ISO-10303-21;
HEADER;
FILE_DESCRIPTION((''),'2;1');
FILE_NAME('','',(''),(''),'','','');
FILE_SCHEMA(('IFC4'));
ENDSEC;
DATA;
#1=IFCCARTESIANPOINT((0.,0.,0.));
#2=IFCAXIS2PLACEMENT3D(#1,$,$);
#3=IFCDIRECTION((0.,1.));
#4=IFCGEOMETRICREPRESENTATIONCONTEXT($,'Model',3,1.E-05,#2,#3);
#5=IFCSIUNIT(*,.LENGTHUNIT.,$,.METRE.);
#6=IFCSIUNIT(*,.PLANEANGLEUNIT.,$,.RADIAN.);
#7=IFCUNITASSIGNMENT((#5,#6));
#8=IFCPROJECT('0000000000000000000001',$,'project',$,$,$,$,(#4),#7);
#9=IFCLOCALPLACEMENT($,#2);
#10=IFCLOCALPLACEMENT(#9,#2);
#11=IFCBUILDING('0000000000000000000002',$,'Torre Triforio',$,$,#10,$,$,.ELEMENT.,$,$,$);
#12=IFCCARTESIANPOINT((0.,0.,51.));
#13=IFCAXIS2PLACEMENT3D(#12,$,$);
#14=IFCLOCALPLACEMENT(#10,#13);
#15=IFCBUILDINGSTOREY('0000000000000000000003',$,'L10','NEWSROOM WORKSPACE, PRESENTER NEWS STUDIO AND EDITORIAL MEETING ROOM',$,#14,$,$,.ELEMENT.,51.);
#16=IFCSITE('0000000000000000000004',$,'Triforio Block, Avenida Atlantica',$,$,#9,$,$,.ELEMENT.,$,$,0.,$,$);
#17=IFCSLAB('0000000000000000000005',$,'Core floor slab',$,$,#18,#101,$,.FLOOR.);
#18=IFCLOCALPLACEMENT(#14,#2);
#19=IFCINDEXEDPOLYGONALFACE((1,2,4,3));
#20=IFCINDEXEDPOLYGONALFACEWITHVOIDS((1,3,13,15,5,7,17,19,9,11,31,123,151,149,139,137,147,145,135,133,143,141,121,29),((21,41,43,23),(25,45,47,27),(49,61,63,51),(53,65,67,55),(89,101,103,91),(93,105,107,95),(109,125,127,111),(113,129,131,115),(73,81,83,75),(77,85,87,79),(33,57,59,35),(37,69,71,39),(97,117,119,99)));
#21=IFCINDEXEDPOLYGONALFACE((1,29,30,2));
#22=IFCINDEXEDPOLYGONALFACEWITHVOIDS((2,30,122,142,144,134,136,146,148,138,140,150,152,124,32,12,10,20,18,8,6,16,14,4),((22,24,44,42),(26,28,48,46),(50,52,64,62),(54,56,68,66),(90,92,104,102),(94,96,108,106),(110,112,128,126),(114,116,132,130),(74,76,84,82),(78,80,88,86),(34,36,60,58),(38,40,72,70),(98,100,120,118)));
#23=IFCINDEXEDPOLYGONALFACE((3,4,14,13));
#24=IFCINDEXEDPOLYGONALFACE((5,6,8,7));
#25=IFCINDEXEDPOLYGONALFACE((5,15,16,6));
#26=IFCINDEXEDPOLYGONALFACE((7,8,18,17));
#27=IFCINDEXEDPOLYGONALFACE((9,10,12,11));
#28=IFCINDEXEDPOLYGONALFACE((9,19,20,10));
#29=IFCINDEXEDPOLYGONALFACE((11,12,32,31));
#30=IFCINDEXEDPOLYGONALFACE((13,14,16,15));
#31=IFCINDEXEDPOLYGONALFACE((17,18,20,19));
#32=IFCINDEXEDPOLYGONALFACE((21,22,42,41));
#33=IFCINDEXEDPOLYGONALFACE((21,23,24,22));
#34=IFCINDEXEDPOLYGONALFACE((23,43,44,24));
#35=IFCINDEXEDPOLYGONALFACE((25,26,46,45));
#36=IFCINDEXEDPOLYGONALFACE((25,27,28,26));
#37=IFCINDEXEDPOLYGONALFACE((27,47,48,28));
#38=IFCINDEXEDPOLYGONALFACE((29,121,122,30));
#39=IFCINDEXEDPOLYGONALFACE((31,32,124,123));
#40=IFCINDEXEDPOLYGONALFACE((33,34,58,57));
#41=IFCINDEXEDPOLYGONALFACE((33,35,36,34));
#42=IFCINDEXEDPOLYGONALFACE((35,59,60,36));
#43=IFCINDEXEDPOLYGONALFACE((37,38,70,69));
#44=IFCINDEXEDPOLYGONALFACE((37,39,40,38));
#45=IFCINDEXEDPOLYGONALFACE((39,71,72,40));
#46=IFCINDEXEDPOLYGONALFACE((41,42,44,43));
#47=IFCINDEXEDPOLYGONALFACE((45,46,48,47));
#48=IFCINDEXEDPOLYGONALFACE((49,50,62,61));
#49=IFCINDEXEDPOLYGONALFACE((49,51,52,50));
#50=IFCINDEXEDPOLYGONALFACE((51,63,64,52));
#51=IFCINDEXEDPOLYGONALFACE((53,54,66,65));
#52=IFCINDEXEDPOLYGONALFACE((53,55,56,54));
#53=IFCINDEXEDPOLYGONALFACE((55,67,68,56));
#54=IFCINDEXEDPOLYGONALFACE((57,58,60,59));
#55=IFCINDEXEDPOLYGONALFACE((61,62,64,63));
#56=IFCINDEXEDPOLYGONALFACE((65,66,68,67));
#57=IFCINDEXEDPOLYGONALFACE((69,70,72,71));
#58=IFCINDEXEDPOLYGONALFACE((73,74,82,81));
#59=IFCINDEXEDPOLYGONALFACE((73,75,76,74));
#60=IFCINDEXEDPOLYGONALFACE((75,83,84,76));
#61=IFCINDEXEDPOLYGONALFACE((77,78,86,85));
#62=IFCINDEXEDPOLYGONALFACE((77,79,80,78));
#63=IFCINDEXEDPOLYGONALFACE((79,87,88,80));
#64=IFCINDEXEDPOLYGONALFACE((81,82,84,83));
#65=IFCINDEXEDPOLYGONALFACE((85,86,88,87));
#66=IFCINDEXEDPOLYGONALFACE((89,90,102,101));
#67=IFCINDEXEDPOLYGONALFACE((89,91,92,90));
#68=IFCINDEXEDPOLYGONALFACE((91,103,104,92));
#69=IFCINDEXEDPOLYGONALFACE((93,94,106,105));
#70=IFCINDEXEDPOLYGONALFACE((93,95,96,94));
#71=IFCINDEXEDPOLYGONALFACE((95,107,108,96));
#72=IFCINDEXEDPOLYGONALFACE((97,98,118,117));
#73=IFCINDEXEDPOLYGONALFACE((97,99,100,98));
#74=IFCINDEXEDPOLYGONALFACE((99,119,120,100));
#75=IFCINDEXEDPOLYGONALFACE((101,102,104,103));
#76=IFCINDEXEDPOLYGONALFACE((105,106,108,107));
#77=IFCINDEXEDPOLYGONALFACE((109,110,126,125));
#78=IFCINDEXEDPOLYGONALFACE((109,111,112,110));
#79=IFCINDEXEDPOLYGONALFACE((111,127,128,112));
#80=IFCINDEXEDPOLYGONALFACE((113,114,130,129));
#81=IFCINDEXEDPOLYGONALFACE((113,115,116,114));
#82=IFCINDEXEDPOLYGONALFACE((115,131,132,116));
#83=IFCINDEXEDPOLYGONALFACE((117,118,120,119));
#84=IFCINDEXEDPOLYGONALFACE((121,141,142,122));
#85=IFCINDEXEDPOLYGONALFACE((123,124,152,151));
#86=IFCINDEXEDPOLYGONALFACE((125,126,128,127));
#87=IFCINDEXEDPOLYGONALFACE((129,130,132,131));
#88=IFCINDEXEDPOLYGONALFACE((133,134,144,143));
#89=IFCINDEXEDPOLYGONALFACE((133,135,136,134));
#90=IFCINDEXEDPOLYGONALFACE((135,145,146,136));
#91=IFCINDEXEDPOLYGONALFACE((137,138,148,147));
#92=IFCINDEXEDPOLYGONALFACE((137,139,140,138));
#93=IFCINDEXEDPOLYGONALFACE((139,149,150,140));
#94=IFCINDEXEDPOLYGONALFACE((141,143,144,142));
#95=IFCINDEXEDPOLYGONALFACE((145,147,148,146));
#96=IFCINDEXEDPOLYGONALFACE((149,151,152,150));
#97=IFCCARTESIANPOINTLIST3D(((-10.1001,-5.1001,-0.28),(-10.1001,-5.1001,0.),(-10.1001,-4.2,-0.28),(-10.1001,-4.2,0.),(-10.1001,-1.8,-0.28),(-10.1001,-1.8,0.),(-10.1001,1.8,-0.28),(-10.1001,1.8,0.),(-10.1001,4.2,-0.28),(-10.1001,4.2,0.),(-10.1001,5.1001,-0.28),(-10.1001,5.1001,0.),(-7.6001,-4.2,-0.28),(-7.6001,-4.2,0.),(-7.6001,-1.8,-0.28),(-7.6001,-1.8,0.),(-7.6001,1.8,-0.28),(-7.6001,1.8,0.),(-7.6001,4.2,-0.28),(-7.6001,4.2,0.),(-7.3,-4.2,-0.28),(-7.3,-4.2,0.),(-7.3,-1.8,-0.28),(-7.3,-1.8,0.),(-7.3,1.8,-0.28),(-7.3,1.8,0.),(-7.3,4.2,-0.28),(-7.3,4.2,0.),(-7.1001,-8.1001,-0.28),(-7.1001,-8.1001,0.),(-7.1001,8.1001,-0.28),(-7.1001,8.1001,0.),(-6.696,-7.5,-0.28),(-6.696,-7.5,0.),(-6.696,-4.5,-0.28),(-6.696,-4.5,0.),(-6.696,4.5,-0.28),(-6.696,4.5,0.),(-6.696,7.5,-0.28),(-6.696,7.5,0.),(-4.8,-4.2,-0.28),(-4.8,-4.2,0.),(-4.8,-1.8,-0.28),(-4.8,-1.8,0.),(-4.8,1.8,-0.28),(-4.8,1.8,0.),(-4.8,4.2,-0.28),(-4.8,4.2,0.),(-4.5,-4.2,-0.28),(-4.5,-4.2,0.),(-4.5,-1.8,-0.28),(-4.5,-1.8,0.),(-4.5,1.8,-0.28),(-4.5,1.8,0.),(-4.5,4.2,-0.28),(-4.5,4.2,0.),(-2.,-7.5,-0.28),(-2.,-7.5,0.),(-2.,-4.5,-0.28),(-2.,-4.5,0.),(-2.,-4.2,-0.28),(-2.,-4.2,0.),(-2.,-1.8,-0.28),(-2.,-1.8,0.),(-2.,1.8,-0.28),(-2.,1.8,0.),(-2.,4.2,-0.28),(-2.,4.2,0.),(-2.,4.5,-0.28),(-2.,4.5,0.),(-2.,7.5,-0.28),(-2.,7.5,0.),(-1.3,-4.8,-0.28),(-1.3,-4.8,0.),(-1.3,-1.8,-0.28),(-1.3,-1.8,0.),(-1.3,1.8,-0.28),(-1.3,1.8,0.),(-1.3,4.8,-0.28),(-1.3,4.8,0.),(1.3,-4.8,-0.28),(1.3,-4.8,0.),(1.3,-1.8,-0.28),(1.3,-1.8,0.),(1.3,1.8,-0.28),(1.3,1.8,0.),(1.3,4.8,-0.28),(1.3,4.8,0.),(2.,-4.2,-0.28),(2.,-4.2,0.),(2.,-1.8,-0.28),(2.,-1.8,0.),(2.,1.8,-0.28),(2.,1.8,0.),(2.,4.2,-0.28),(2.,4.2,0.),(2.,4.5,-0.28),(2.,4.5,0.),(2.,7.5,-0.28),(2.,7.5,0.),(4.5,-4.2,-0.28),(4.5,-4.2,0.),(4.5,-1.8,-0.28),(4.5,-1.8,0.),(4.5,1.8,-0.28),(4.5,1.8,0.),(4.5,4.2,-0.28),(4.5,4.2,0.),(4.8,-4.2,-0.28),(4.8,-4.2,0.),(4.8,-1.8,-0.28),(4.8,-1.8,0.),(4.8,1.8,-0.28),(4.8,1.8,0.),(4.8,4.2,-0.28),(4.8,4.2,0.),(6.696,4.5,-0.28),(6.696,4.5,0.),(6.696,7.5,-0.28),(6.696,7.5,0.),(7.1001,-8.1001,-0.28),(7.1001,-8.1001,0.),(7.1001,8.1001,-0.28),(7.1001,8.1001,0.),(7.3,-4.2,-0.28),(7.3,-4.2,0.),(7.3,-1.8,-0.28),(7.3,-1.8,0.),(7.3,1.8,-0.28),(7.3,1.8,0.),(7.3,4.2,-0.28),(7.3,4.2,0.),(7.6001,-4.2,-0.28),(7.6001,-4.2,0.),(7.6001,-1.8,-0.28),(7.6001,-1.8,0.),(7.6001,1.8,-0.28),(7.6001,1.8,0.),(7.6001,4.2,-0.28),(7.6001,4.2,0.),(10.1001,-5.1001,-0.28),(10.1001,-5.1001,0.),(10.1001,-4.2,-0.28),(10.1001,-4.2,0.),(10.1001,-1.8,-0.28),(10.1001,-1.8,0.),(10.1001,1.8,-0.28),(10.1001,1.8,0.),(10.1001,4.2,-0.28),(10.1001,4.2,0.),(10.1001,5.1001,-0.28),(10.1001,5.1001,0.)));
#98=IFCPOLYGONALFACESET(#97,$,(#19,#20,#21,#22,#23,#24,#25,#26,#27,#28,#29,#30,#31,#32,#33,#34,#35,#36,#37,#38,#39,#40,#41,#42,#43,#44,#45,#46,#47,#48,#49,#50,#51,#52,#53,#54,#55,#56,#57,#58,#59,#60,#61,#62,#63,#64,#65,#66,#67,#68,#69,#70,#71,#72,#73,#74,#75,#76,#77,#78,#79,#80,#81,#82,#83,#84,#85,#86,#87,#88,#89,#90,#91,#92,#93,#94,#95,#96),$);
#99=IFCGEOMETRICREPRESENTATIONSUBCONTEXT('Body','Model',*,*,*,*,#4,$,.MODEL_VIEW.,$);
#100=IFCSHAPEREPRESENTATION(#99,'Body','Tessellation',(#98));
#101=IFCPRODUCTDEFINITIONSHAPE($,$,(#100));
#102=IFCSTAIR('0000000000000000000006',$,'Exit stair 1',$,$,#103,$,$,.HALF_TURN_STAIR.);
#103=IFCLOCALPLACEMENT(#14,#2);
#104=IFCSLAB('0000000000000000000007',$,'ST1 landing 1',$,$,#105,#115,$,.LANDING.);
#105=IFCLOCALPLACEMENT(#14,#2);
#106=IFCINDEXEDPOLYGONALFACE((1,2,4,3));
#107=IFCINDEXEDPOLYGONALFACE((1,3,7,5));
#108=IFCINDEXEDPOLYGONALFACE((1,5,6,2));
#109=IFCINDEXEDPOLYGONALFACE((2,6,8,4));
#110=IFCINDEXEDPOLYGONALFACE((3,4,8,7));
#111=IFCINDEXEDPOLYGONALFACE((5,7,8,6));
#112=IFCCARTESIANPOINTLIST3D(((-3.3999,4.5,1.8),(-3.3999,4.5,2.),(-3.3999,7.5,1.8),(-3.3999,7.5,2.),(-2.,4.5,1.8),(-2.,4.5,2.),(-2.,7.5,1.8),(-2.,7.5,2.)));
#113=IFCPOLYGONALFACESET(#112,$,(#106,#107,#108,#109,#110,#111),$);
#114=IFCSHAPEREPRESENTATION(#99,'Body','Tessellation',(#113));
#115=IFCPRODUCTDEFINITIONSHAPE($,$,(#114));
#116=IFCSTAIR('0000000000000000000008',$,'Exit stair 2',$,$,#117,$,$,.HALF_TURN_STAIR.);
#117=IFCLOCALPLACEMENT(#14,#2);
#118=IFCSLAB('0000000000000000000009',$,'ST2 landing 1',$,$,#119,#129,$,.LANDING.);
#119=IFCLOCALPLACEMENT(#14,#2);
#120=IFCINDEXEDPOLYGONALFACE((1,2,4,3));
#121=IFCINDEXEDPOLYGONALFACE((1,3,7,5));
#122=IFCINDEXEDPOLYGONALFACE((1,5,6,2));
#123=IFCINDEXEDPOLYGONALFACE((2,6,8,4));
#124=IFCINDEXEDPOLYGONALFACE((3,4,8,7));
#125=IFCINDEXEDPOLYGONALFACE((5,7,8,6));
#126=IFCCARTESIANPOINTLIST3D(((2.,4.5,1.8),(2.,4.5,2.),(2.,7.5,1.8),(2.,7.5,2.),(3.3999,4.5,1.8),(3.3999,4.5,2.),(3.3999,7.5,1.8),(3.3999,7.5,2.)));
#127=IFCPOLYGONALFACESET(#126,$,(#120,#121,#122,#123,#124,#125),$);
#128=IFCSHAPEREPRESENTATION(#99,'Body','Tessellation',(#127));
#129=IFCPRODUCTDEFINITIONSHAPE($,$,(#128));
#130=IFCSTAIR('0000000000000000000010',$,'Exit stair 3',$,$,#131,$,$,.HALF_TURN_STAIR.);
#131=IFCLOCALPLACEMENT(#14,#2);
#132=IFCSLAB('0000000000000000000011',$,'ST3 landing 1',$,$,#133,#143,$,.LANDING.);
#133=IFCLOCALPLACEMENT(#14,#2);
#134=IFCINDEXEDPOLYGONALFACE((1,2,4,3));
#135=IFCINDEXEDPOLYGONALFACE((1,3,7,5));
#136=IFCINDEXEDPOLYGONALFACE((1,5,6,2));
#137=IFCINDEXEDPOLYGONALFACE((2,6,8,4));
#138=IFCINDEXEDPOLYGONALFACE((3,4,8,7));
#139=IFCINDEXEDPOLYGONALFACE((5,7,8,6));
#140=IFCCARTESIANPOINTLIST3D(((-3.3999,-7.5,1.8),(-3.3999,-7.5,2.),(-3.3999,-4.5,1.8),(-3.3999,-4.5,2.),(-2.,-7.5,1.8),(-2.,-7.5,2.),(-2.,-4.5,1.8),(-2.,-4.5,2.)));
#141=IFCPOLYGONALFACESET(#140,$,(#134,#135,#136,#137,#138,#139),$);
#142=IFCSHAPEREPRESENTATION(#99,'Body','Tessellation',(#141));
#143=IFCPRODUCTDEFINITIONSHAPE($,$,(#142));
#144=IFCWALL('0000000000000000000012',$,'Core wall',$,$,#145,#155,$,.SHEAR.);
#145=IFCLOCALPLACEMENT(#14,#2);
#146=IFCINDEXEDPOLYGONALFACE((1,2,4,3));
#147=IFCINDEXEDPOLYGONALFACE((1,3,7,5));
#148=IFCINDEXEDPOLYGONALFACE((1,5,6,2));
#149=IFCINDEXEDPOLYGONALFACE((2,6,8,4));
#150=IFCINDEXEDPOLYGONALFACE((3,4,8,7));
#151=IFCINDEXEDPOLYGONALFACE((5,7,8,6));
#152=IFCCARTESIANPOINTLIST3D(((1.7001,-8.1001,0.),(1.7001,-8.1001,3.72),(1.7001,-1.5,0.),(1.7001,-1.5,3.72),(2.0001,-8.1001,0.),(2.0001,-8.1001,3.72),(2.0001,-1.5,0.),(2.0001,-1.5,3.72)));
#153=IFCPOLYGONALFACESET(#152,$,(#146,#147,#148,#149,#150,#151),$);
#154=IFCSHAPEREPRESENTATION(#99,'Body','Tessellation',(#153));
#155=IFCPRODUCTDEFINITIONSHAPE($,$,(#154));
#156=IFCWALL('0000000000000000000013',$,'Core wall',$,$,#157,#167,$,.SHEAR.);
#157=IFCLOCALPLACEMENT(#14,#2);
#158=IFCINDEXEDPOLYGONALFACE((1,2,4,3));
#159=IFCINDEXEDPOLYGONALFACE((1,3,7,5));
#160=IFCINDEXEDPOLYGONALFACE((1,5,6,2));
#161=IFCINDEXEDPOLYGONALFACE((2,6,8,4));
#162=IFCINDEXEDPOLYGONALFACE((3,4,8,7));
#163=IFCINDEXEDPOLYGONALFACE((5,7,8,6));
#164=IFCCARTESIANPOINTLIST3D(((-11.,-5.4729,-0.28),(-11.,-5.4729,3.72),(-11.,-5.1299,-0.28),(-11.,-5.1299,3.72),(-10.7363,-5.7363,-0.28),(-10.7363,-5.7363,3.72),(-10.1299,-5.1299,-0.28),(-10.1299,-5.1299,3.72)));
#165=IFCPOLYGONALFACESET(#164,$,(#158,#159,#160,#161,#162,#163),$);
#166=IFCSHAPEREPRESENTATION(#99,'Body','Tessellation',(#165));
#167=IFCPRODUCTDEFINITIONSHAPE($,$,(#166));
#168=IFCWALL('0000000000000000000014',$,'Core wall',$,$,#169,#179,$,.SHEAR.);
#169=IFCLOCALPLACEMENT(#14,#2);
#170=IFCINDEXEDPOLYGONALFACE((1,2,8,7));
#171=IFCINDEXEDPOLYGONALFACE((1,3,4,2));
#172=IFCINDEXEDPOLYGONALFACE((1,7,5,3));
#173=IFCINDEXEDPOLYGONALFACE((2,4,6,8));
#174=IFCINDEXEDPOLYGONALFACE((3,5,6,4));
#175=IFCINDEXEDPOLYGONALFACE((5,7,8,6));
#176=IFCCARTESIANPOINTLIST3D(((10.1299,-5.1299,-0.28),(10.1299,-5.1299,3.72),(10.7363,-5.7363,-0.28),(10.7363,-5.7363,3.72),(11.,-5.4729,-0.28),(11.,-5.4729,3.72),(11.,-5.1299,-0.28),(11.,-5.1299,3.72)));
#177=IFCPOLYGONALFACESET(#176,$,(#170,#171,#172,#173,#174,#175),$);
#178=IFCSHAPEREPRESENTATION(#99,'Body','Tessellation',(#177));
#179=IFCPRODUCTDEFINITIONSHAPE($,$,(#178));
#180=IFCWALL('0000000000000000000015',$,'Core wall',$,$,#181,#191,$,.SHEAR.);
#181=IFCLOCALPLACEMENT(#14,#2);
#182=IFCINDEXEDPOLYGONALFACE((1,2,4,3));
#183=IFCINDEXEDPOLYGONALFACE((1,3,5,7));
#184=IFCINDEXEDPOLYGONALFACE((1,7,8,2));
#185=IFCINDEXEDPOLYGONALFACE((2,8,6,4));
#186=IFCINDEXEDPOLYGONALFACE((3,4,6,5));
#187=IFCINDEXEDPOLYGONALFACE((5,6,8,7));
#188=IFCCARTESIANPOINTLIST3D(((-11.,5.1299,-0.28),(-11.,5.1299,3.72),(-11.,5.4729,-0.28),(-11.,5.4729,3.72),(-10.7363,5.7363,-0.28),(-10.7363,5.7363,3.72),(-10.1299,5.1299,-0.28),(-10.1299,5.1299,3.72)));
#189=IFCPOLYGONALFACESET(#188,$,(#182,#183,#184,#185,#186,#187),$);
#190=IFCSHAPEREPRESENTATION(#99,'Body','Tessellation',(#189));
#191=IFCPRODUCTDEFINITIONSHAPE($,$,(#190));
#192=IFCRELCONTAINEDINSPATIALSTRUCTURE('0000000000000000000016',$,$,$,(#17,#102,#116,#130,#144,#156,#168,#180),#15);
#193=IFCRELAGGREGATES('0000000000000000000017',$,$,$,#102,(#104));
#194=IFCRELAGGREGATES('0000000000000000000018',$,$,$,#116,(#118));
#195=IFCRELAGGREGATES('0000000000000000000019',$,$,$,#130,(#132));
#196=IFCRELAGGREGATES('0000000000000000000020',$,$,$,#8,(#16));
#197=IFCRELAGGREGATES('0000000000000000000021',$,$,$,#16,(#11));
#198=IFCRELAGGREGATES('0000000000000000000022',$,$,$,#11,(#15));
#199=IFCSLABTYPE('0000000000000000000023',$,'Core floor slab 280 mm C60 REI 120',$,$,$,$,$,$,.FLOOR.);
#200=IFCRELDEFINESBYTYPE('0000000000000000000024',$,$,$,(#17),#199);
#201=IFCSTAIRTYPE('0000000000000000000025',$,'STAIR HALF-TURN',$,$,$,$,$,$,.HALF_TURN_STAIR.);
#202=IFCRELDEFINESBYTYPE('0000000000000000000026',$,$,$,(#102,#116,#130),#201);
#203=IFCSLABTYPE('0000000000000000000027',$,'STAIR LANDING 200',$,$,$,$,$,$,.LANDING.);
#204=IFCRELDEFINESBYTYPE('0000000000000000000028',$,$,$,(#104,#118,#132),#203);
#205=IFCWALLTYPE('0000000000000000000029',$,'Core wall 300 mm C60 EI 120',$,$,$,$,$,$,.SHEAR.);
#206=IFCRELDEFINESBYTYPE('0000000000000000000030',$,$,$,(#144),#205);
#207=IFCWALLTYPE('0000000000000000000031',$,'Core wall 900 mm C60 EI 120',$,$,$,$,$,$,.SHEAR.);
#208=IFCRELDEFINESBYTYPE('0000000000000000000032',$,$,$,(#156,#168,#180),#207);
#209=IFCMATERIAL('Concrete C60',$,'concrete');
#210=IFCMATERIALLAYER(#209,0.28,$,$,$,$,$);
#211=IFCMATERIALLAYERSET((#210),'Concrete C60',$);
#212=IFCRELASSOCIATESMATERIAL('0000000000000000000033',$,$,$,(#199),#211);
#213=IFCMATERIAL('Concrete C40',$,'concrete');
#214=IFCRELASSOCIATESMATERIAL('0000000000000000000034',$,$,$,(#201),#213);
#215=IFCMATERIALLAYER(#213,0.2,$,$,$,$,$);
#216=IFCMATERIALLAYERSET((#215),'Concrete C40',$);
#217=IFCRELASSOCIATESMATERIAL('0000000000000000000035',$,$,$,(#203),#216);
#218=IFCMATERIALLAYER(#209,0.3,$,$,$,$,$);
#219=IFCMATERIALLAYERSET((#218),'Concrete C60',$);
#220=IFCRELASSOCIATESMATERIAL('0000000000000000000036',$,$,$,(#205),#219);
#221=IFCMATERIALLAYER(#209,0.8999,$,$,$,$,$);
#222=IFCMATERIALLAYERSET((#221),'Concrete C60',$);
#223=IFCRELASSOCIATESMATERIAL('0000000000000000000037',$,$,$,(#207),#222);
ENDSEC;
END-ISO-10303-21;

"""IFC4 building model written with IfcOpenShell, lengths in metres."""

from ifc_helpers import new_model, si_unit, direction, frame, frame_2d, origin, place, context, subcontext, project, spatial, polyline, rectangle, outline, extrude, material, layer, layer_set, type_object, element, aggregate, save


model = new_model("IFC4")

# Units and contexts
model_context = context("Model", 3, precision=1e-05, world=origin(), true_north=direction((0.0, 1.0)))
body_context = subcontext(model_context, "Body", "Model", "MODEL_VIEW")
ifc_project = project(units=[si_unit("LENGTHUNIT", "METRE"), si_unit("PLANEANGLEUNIT", "RADIAN")], contexts=[model_context])

# Site, building, storey
site_placement = place(None, origin())
site = spatial("IfcSite", under=ifc_project, at=site_placement, Name="Triforio Block, Avenida Atlantica", CompositionType="ELEMENT", RefElevation=0.0)
building_placement = place(site_placement, origin())
building = spatial("IfcBuilding", under=site, at=building_placement, Name="Torre Triforio", CompositionType="ELEMENT")
storey_placement = place(building_placement, frame((0.0, 0.0, 51.0)))
storey = spatial("IfcBuildingStorey", under=building, at=storey_placement, Name="L10", Description="NEWSROOM WORKSPACE, PRESENTER NEWS STUDIO AND EDITORIAL MEETING ROOM", CompositionType="ELEMENT", Elevation=51.0)

# Slab
ifc_material_1 = material(Name="Concrete C60", Category="concrete")
ifc_layer_1 = layer(ifc_material_1, 0.28)
ifc_layer_set_1 = layer_set([ifc_layer_1], Name="Concrete C60")
slab_type_1 = type_object("IfcSlabType", Name="Core floor slab 280 mm C60 REI 120", PredefinedType="FLOOR", material=ifc_layer_set_1)
slab_1_placement = place(storey_placement, frame((0.0, 0.0, -0.28)))
element("IfcSlab", 1, at=slab_1_placement, inside=storey, type_object=slab_type_1, Name="Core floor slab", PredefinedType="FLOOR", context=body_context, shape_type="SweptSolid", body=[
    extrude(outline(polyline([(10.1001, -5.1001), (7.1001, -8.1001), (-7.1001, -8.1001), (-10.1001, -5.1001), (-10.1001, -4.2), (-7.6001, -4.2), (-7.6001, -1.8), (-10.1001, -1.8), (-10.1001, 1.8), (-7.6001, 1.8), (-7.6001, 4.2), (-10.1001, 4.2), (-10.1001, 5.1001), (-7.1001, 8.1001), (7.1001, 8.1001), (10.1001, 5.1001), (10.1001, 4.2), (7.6001, 4.2), (7.6001, 1.8), (10.1001, 1.8), (10.1001, -1.8), (7.6001, -1.8), (7.6001, -4.2), (10.1001, -4.2), (10.1001, -5.1001)]), holes=[polyline([(-2.0, -4.5), (-6.696, -4.5), (-6.696, -7.5), (-2.0, -7.5), (-2.0, -4.5)]), polyline([(-4.8, -1.8), (-7.3, -1.8), (-7.3, -4.2), (-4.8, -4.2), (-4.8, -1.8)]), polyline([(-2.0, -1.8), (-4.5, -1.8), (-4.5, -4.2), (-2.0, -4.2), (-2.0, -1.8)]), polyline([(-4.8, 4.2), (-7.3, 4.2), (-7.3, 1.8), (-4.8, 1.8), (-4.8, 4.2)]), polyline([(-2.0, 4.2), (-4.5, 4.2), (-4.5, 1.8), (-2.0, 1.8), (-2.0, 4.2)]), polyline([(1.3, 4.8), (-1.3, 4.8), (-1.3, 1.8), (1.3, 1.8), (1.3, 4.8)]), polyline([(-2.0, 7.5), (-6.696, 7.5), (-6.696, 4.5), (-2.0, 4.5), (-2.0, 7.5)]), polyline([(1.3, -1.8), (-1.3, -1.8), (-1.3, -4.8), (1.3, -4.8), (1.3, -1.8)]), polyline([(4.5, -1.8), (2.0, -1.8), (2.0, -4.2), (4.5, -4.2), (4.5, -1.8)]), polyline([(7.3, -1.8), (4.8, -1.8), (4.8, -4.2), (7.3, -4.2), (7.3, -1.8)]), polyline([(4.5, 4.2), (2.0, 4.2), (2.0, 1.8), (4.5, 1.8), (4.5, 4.2)]), polyline([(7.3, 4.2), (4.8, 4.2), (4.8, 1.8), (7.3, 1.8), (7.3, 4.2)]), polyline([(6.696, 4.5), (6.696, 7.5), (2.0, 7.5), (2.0, 4.5), (6.696, 4.5)])]), origin(), (0.0, 0.0, 1.0), 0.28),
])

# Stairs, slabs
ifc_material_2 = material(Name="Concrete C40", Category="concrete")
stair_type = type_object("IfcStairType", Name="STAIR HALF-TURN", PredefinedType="HALF_TURN_STAIR", material=ifc_material_2)
stair_1_placement = place(storey_placement, origin())
stair_1 = element("IfcStair", 2, at=stair_1_placement, inside=storey, type_object=stair_type, Name="Exit stair 1", PredefinedType="HALF_TURN_STAIR")
ifc_layer_2 = layer(ifc_material_2, 0.2)
ifc_layer_set_2 = layer_set([ifc_layer_2], Name="Concrete C40")
slab_type_2 = type_object("IfcSlabType", Name="STAIR LANDING 200", PredefinedType="LANDING", material=ifc_layer_set_2)
slab_2_placement = place(storey_placement, frame((0.0, 0.0, 1.8)))
slab_2 = element("IfcSlab", 3, at=slab_2_placement, type_object=slab_type_2, Name="ST1 landing 1", PredefinedType="LANDING", context=body_context, shape_type="SweptSolid", body=[
    extrude(outline(polyline([(-2.0, 4.5), (-2.0, 7.5), (-3.3999, 7.5), (-3.3999, 4.5), (-2.0, 4.5)])), origin(), (0.0, 0.0, 1.0), 0.2),
])
aggregate(stair_1, [slab_2])
stair_2_placement = place(storey_placement, origin())
stair_2 = element("IfcStair", 4, at=stair_2_placement, inside=storey, type_object=stair_type, Name="Exit stair 2", PredefinedType="HALF_TURN_STAIR")
slab_3_placement = place(storey_placement, frame((0.0, 0.0, 1.8)))
slab_3 = element("IfcSlab", 5, at=slab_3_placement, type_object=slab_type_2, Name="ST2 landing 1", PredefinedType="LANDING", context=body_context, shape_type="SweptSolid", body=[
    extrude(outline(polyline([(3.3999, 4.5), (3.3999, 7.5), (2.0, 7.5), (2.0, 4.5), (3.3999, 4.5)])), origin(), (0.0, 0.0, 1.0), 0.2),
])
aggregate(stair_2, [slab_3])
stair_3_placement = place(storey_placement, origin())
stair_3 = element("IfcStair", 6, at=stair_3_placement, inside=storey, type_object=stair_type, Name="Exit stair 3", PredefinedType="HALF_TURN_STAIR")
slab_4_placement = place(storey_placement, frame((0.0, 0.0, 1.8)))
slab_4 = element("IfcSlab", 7, at=slab_4_placement, type_object=slab_type_2, Name="ST3 landing 1", PredefinedType="LANDING", context=body_context, shape_type="SweptSolid", body=[
    extrude(outline(polyline([(-2.0, -7.5), (-2.0, -4.5), (-3.3999, -4.5), (-3.3999, -7.5), (-2.0, -7.5)])), origin(), (0.0, 0.0, 1.0), 0.2),
])
aggregate(stair_3, [slab_4])

# Walls
ifc_layer_3 = layer(ifc_material_1, 0.3)
ifc_layer_set_3 = layer_set([ifc_layer_3], Name="Concrete C60")
wall_type_1 = type_object("IfcWallType", Name="Core wall 300 mm C60 EI 120", PredefinedType="SHEAR", material=ifc_layer_set_3)
wall_1_placement = place(storey_placement, frame((1.8501, -8.1001, 0.0), z_axis=(0.0, 0.0, 1.0), x_axis=(0.0, 1.0, 0.0)))
element("IfcWall", 8, at=wall_1_placement, inside=storey, type_object=wall_type_1, Name="Core wall", PredefinedType="SHEAR", context=body_context, shape_type="SweptSolid", body=[
    extrude(rectangle(XDim=6.6001, YDim=0.3, at=frame_2d((3.3, 0.0))), origin(), (0.0, 0.0, 1.0), 3.72),
])
ifc_layer_4 = layer(ifc_material_1, 0.8999)
ifc_layer_set_4 = layer_set([ifc_layer_4], Name="Concrete C60")
wall_type_2 = type_object("IfcWallType", Name="Core wall 900 mm C60 EI 120", PredefinedType="SHEAR", material=ifc_layer_set_4)
wall_2_placement = place(storey_placement, frame((0.0, 0.0, -0.28)))
element("IfcWall", 9, at=wall_2_placement, inside=storey, type_object=wall_type_2, Name="Core wall", PredefinedType="SHEAR", context=body_context, shape_type="SweptSolid", body=[
    extrude(outline(polyline([(-11.0, -5.4729), (-11.0, -5.1299), (-10.1299, -5.1299), (-10.7363, -5.7363), (-11.0, -5.4729)])), origin(), (0.0, 0.0, 1.0), 4.0),
])
wall_3_placement = place(storey_placement, frame((0.0, 0.0, -0.28)))
element("IfcWall", 10, at=wall_3_placement, inside=storey, type_object=wall_type_2, Name="Core wall", PredefinedType="SHEAR", context=body_context, shape_type="SweptSolid", body=[
    extrude(outline(polyline([(11.0, -5.4729), (10.7363, -5.7363), (10.1299, -5.1299), (11.0, -5.1299), (11.0, -5.4729)])), origin(), (0.0, 0.0, 1.0), 4.0),
])
wall_4_placement = place(storey_placement, frame((0.0, 0.0, -0.28)))
element("IfcWall", 11, at=wall_4_placement, inside=storey, type_object=wall_type_2, Name="Core wall", PredefinedType="SHEAR", context=body_context, shape_type="SweptSolid", body=[
    extrude(outline(polyline([(-10.7363, 5.7363), (-10.1299, 5.1299), (-11.0, 5.1299), (-11.0, 5.4729), (-10.7363, 5.7363)])), origin(), (0.0, 0.0, 1.0), 4.0),
])

save(model, "model.ifc")
